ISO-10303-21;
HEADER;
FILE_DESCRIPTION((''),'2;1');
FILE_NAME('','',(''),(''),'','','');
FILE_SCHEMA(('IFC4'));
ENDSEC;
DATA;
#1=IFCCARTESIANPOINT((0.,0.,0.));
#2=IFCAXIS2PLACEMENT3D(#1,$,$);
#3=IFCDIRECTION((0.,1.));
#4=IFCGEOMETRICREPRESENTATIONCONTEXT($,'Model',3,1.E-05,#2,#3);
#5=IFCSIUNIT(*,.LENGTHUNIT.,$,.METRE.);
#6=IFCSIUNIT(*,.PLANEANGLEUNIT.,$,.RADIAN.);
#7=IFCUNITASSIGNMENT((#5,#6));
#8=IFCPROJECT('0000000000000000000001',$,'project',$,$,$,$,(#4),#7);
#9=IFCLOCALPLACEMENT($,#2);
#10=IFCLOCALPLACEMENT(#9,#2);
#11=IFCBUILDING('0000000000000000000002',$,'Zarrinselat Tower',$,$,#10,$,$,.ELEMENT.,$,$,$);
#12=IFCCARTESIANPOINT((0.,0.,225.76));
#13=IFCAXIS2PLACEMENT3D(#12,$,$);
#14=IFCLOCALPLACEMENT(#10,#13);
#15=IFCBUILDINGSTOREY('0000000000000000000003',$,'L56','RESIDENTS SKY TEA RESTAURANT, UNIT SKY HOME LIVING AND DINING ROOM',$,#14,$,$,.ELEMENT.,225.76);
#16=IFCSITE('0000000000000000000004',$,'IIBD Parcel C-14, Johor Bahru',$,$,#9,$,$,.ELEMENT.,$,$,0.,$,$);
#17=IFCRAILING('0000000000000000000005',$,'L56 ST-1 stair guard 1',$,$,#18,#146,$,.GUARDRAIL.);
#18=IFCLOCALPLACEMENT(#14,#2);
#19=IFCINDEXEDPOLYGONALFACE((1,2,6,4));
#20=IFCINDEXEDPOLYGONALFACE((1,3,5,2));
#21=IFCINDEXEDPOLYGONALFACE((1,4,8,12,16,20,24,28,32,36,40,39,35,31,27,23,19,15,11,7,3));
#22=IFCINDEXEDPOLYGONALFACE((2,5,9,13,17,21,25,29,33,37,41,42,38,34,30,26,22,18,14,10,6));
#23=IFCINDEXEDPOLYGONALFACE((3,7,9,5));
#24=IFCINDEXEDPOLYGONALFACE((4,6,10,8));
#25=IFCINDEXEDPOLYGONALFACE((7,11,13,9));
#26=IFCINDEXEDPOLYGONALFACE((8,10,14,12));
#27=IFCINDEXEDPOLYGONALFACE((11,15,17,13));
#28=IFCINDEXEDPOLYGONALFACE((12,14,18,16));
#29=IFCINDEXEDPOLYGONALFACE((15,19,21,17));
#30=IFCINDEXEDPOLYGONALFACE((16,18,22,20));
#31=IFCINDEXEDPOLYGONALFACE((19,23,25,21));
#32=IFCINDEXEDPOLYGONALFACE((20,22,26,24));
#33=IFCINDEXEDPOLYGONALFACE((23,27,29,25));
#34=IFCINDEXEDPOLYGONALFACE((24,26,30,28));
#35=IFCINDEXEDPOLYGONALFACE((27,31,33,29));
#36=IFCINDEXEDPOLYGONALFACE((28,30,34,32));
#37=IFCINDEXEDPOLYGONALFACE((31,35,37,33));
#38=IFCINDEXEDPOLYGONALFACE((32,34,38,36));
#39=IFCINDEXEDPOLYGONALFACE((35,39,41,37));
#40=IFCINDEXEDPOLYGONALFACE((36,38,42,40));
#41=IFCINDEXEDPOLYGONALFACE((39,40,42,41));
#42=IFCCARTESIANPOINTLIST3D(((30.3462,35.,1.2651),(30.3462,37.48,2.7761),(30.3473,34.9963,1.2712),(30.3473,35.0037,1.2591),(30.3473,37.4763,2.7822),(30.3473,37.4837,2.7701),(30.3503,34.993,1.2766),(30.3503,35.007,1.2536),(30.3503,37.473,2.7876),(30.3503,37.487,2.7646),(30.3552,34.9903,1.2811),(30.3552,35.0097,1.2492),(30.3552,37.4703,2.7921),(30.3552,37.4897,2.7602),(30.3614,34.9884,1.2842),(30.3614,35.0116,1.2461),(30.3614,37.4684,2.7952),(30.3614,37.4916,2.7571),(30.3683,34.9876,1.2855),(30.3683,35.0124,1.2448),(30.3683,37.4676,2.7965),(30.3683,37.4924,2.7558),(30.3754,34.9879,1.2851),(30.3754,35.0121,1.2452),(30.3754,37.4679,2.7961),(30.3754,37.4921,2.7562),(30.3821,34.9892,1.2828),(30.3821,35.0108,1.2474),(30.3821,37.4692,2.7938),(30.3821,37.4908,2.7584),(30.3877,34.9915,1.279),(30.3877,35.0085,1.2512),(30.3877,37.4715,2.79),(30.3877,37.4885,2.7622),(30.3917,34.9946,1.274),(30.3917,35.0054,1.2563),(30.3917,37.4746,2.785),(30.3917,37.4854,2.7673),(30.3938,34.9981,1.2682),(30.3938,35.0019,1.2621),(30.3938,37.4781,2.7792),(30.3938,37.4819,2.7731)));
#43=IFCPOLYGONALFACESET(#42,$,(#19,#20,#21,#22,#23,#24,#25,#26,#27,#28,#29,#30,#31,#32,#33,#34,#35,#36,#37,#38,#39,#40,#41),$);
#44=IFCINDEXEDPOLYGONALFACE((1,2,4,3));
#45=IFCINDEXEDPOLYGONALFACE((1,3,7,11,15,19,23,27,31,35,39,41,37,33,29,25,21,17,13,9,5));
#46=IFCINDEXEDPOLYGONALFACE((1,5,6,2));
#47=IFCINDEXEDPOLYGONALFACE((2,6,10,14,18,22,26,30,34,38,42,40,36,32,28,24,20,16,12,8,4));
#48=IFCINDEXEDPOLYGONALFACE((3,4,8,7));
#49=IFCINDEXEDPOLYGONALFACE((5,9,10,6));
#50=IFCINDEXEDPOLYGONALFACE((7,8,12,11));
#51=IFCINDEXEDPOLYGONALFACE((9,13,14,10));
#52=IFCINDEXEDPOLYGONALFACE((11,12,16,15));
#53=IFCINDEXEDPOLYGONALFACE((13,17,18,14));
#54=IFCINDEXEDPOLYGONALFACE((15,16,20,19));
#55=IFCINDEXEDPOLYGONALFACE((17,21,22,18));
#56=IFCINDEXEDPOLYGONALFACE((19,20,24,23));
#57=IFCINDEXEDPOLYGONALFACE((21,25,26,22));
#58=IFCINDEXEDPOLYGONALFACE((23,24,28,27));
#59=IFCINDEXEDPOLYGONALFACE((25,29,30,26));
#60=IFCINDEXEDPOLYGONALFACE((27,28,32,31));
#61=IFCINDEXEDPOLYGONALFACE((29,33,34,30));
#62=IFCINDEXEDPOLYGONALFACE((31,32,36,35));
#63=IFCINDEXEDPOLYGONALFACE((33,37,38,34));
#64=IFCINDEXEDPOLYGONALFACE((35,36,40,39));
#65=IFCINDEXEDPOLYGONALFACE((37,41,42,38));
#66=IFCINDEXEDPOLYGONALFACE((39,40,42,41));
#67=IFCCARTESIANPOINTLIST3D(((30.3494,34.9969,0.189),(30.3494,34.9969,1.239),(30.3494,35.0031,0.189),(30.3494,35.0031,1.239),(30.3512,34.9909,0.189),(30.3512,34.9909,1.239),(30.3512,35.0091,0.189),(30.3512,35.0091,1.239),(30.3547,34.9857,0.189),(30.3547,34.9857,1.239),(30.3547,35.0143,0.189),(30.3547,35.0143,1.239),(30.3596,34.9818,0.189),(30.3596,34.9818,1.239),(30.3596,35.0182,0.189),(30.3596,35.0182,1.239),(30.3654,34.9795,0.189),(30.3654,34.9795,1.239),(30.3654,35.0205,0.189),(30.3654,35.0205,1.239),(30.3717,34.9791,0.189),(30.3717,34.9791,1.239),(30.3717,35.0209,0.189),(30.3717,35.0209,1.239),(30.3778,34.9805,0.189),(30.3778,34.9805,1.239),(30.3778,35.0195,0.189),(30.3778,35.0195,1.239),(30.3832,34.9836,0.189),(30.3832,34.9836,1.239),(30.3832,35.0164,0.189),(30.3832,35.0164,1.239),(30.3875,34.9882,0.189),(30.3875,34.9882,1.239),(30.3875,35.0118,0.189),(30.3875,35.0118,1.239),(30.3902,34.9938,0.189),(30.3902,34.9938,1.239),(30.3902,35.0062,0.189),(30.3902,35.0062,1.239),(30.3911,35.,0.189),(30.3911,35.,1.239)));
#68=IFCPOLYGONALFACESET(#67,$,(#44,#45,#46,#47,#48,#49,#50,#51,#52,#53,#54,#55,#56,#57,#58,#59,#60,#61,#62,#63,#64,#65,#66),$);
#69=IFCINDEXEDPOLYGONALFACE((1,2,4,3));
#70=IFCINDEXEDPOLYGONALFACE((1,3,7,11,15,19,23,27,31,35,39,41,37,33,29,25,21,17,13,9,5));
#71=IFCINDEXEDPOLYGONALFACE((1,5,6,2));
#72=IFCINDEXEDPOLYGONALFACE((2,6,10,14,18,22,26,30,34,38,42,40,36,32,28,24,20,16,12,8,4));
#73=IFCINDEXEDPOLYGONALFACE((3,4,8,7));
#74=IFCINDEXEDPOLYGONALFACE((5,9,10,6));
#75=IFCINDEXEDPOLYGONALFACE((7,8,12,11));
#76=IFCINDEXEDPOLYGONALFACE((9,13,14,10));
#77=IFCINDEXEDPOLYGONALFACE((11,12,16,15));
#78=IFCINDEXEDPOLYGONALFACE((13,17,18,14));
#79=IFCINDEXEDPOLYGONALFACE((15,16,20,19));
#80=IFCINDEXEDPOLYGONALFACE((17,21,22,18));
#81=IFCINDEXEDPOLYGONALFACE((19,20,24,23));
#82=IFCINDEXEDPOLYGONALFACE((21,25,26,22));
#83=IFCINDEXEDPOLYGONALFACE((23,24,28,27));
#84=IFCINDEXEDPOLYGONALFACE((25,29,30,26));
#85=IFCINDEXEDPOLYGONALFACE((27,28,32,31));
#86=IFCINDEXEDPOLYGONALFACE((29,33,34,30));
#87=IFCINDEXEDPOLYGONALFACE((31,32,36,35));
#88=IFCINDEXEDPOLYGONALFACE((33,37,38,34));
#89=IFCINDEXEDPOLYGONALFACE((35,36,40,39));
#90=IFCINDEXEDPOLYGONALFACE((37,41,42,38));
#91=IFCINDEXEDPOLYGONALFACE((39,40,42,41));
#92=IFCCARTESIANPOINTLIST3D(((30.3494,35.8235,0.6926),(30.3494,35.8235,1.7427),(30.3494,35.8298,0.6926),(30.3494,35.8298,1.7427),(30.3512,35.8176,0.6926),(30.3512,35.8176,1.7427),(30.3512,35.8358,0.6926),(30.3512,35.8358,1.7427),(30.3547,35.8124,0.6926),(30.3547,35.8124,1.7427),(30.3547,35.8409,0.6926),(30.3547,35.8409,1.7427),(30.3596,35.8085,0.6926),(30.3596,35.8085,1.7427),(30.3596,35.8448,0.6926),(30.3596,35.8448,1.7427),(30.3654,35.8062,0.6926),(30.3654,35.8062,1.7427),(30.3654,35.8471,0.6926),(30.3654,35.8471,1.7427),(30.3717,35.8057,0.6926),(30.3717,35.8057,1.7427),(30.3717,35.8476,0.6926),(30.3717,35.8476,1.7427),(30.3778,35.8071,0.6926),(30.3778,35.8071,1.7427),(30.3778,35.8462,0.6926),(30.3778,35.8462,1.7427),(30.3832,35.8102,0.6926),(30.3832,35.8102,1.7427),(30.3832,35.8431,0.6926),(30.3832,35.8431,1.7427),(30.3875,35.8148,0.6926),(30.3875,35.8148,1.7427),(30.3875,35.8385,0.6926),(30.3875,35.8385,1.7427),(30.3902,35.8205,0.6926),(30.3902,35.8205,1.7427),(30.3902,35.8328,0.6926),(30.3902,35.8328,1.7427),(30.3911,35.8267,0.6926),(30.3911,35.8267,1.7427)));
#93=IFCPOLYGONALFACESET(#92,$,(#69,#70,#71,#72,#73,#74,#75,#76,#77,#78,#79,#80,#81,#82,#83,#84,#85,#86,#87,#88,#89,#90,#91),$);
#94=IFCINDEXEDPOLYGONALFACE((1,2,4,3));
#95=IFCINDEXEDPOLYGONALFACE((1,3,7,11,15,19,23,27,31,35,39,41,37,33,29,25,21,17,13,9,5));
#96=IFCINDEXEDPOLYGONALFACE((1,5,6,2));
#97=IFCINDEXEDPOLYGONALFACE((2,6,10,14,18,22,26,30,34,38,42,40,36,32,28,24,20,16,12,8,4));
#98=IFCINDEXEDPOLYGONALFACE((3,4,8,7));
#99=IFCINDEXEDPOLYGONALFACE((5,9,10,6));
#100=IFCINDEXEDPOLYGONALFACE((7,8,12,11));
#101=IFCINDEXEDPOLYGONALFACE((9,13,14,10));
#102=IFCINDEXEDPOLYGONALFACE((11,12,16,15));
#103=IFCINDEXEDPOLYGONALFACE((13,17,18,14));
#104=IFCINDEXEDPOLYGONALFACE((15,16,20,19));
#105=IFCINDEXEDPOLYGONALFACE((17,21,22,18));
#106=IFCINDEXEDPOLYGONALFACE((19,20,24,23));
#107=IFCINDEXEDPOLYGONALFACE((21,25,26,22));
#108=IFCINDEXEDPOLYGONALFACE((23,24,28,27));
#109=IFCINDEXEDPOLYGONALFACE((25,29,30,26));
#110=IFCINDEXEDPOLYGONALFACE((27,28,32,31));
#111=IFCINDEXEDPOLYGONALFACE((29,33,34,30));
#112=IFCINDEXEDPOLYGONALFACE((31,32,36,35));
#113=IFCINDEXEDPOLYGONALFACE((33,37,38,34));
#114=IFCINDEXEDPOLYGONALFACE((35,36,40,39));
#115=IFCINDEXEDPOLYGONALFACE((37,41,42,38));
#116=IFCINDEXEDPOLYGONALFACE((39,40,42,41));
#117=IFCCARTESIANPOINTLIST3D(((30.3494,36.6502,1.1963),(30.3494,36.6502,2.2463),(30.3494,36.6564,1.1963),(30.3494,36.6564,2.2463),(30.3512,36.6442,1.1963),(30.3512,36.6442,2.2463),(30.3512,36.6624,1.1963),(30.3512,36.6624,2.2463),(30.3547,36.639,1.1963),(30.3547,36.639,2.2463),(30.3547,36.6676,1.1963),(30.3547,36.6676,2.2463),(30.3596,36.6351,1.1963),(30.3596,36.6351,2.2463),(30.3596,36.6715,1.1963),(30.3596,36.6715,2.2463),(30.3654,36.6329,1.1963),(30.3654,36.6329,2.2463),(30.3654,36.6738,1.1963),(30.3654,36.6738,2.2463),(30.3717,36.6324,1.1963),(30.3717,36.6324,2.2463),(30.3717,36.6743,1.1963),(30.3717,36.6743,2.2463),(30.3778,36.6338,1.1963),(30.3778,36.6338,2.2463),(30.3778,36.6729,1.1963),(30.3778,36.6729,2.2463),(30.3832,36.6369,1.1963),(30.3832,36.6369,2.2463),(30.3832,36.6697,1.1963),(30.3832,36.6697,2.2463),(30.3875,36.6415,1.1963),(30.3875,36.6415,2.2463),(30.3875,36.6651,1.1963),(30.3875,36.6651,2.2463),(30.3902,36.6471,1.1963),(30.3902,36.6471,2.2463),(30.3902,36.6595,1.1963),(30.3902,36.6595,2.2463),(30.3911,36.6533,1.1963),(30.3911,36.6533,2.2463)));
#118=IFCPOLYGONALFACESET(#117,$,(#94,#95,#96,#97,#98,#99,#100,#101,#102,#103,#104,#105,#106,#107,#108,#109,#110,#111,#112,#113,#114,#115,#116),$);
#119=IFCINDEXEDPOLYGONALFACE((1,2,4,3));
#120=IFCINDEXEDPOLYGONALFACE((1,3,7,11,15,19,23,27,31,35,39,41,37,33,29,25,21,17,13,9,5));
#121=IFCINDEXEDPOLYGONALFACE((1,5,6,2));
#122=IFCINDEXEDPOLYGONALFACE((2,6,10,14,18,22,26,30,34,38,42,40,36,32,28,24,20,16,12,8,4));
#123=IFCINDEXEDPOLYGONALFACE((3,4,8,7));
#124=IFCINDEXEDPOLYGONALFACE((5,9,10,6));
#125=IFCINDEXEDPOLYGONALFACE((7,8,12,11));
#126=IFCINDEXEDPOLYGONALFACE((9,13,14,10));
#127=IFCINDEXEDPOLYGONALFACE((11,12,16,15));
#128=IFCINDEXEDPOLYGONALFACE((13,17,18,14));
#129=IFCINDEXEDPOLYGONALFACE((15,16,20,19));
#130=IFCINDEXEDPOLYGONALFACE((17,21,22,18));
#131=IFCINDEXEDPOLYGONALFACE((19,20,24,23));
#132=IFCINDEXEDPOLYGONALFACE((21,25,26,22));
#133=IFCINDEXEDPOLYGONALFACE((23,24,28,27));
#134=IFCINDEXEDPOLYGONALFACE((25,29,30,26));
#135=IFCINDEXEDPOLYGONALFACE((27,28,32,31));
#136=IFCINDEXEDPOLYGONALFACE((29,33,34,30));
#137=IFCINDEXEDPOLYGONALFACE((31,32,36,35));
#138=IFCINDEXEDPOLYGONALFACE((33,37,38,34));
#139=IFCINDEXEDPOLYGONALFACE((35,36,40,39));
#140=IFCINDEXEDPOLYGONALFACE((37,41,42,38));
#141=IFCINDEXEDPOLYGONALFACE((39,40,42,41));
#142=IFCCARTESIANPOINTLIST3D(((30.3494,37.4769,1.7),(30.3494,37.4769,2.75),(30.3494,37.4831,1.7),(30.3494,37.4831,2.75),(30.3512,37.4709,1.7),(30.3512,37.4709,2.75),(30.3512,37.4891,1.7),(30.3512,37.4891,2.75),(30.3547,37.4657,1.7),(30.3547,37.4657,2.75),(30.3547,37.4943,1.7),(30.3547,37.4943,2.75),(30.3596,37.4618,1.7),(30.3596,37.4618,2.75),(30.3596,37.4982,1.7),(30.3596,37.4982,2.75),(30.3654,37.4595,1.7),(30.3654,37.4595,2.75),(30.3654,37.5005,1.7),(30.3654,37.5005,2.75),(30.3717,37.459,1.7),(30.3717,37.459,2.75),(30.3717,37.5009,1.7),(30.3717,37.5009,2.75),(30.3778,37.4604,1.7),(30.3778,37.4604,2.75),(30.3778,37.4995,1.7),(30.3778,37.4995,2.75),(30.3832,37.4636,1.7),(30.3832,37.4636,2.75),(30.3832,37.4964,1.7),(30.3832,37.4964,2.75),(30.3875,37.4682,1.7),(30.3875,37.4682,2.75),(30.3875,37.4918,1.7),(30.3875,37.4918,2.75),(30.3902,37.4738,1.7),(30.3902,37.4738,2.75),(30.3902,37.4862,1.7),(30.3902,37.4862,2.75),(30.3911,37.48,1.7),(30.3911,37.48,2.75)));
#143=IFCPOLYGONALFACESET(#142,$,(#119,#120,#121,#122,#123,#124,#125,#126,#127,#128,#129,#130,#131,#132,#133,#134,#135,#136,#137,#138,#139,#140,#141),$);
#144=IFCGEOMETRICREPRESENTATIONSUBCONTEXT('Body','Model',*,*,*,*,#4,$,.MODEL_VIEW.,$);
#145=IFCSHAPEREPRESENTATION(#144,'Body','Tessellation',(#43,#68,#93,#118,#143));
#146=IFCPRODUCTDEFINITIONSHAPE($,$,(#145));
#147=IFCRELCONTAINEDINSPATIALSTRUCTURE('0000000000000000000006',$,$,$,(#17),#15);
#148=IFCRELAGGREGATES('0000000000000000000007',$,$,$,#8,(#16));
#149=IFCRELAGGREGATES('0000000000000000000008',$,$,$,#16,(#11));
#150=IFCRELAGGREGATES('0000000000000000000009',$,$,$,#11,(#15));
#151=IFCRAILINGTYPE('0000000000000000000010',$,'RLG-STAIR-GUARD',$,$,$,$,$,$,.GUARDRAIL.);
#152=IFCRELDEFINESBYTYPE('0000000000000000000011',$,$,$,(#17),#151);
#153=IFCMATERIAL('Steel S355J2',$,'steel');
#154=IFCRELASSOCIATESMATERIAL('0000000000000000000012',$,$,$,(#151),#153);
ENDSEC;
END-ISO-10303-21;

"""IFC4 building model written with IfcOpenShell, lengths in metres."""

from ifc_helpers import new_model, si_unit, direction, frame, origin, origin_2d, place, context, subcontext, project, spatial, circle, extrude, material, type_object, element, save


model = new_model("IFC4")

# Units and contexts
model_context = context("Model", 3, precision=1e-05, world=origin(), true_north=direction((0.0, 1.0)))
body_context = subcontext(model_context, "Body", "Model", "MODEL_VIEW")
ifc_project = project(units=[si_unit("LENGTHUNIT", "METRE"), si_unit("PLANEANGLEUNIT", "RADIAN")], contexts=[model_context])

# Site, building, storey
site_placement = place(None, origin())
site = spatial("IfcSite", under=ifc_project, at=site_placement, Name="IIBD Parcel C-14, Johor Bahru", CompositionType="ELEMENT", RefElevation=0.0)
building_placement = place(site_placement, origin())
building = spatial("IfcBuilding", under=site, at=building_placement, Name="Zarrinselat Tower", CompositionType="ELEMENT")
storey_placement = place(building_placement, frame((0.0, 0.0, 225.76)))
storey = spatial("IfcBuildingStorey", under=building, at=storey_placement, Name="L56", Description="RESIDENTS SKY TEA RESTAURANT, UNIT SKY HOME LIVING AND DINING ROOM", CompositionType="ELEMENT", Elevation=225.76)

# Railing
ifc_material_1 = material(Name="Steel S355J2", Category="steel")
railing_type_1 = type_object("IfcRailingType", Name="RLG-STAIR-GUARD", PredefinedType="GUARDRAIL", material=ifc_material_1)
railing_1_placement = place(storey_placement, frame((30.3701, 35.0, 0.189)))
element("IfcRailing", 1, at=railing_1_placement, inside=storey, type_object=railing_type_1, Name="L56 ST-1 stair guard 1", PredefinedType="GUARDRAIL", context=body_context, shape_type="SweptSolid", body=[
    extrude(circle(Radius=0.0239, at=origin_2d()), frame((0.0, 0.0, 1.0762), z_axis=(0.0, 0.853979, 0.520307), x_axis=(-1.0, 0.0, 0.0)), (0.0, 0.0, 1.0), 2.9041),
    extrude(circle(Radius=0.021, at=origin_2d()), origin(), (0.0, 0.0, 1.0), 1.05),
    extrude(circle(Radius=0.021, at=origin_2d()), frame((0.0, 0.8267, 0.5037)), (0.0, 0.0, 1.0), 1.05),
    extrude(circle(Radius=0.021, at=origin_2d()), frame((0.0, 1.6533, 1.0073)), (0.0, 0.0, 1.0), 1.05),
    extrude(circle(Radius=0.021, at=origin_2d()), frame((0.0, 2.48, 1.511)), (0.0, 0.0, 1.0), 1.05),
])

save(model, "model.ifc")
